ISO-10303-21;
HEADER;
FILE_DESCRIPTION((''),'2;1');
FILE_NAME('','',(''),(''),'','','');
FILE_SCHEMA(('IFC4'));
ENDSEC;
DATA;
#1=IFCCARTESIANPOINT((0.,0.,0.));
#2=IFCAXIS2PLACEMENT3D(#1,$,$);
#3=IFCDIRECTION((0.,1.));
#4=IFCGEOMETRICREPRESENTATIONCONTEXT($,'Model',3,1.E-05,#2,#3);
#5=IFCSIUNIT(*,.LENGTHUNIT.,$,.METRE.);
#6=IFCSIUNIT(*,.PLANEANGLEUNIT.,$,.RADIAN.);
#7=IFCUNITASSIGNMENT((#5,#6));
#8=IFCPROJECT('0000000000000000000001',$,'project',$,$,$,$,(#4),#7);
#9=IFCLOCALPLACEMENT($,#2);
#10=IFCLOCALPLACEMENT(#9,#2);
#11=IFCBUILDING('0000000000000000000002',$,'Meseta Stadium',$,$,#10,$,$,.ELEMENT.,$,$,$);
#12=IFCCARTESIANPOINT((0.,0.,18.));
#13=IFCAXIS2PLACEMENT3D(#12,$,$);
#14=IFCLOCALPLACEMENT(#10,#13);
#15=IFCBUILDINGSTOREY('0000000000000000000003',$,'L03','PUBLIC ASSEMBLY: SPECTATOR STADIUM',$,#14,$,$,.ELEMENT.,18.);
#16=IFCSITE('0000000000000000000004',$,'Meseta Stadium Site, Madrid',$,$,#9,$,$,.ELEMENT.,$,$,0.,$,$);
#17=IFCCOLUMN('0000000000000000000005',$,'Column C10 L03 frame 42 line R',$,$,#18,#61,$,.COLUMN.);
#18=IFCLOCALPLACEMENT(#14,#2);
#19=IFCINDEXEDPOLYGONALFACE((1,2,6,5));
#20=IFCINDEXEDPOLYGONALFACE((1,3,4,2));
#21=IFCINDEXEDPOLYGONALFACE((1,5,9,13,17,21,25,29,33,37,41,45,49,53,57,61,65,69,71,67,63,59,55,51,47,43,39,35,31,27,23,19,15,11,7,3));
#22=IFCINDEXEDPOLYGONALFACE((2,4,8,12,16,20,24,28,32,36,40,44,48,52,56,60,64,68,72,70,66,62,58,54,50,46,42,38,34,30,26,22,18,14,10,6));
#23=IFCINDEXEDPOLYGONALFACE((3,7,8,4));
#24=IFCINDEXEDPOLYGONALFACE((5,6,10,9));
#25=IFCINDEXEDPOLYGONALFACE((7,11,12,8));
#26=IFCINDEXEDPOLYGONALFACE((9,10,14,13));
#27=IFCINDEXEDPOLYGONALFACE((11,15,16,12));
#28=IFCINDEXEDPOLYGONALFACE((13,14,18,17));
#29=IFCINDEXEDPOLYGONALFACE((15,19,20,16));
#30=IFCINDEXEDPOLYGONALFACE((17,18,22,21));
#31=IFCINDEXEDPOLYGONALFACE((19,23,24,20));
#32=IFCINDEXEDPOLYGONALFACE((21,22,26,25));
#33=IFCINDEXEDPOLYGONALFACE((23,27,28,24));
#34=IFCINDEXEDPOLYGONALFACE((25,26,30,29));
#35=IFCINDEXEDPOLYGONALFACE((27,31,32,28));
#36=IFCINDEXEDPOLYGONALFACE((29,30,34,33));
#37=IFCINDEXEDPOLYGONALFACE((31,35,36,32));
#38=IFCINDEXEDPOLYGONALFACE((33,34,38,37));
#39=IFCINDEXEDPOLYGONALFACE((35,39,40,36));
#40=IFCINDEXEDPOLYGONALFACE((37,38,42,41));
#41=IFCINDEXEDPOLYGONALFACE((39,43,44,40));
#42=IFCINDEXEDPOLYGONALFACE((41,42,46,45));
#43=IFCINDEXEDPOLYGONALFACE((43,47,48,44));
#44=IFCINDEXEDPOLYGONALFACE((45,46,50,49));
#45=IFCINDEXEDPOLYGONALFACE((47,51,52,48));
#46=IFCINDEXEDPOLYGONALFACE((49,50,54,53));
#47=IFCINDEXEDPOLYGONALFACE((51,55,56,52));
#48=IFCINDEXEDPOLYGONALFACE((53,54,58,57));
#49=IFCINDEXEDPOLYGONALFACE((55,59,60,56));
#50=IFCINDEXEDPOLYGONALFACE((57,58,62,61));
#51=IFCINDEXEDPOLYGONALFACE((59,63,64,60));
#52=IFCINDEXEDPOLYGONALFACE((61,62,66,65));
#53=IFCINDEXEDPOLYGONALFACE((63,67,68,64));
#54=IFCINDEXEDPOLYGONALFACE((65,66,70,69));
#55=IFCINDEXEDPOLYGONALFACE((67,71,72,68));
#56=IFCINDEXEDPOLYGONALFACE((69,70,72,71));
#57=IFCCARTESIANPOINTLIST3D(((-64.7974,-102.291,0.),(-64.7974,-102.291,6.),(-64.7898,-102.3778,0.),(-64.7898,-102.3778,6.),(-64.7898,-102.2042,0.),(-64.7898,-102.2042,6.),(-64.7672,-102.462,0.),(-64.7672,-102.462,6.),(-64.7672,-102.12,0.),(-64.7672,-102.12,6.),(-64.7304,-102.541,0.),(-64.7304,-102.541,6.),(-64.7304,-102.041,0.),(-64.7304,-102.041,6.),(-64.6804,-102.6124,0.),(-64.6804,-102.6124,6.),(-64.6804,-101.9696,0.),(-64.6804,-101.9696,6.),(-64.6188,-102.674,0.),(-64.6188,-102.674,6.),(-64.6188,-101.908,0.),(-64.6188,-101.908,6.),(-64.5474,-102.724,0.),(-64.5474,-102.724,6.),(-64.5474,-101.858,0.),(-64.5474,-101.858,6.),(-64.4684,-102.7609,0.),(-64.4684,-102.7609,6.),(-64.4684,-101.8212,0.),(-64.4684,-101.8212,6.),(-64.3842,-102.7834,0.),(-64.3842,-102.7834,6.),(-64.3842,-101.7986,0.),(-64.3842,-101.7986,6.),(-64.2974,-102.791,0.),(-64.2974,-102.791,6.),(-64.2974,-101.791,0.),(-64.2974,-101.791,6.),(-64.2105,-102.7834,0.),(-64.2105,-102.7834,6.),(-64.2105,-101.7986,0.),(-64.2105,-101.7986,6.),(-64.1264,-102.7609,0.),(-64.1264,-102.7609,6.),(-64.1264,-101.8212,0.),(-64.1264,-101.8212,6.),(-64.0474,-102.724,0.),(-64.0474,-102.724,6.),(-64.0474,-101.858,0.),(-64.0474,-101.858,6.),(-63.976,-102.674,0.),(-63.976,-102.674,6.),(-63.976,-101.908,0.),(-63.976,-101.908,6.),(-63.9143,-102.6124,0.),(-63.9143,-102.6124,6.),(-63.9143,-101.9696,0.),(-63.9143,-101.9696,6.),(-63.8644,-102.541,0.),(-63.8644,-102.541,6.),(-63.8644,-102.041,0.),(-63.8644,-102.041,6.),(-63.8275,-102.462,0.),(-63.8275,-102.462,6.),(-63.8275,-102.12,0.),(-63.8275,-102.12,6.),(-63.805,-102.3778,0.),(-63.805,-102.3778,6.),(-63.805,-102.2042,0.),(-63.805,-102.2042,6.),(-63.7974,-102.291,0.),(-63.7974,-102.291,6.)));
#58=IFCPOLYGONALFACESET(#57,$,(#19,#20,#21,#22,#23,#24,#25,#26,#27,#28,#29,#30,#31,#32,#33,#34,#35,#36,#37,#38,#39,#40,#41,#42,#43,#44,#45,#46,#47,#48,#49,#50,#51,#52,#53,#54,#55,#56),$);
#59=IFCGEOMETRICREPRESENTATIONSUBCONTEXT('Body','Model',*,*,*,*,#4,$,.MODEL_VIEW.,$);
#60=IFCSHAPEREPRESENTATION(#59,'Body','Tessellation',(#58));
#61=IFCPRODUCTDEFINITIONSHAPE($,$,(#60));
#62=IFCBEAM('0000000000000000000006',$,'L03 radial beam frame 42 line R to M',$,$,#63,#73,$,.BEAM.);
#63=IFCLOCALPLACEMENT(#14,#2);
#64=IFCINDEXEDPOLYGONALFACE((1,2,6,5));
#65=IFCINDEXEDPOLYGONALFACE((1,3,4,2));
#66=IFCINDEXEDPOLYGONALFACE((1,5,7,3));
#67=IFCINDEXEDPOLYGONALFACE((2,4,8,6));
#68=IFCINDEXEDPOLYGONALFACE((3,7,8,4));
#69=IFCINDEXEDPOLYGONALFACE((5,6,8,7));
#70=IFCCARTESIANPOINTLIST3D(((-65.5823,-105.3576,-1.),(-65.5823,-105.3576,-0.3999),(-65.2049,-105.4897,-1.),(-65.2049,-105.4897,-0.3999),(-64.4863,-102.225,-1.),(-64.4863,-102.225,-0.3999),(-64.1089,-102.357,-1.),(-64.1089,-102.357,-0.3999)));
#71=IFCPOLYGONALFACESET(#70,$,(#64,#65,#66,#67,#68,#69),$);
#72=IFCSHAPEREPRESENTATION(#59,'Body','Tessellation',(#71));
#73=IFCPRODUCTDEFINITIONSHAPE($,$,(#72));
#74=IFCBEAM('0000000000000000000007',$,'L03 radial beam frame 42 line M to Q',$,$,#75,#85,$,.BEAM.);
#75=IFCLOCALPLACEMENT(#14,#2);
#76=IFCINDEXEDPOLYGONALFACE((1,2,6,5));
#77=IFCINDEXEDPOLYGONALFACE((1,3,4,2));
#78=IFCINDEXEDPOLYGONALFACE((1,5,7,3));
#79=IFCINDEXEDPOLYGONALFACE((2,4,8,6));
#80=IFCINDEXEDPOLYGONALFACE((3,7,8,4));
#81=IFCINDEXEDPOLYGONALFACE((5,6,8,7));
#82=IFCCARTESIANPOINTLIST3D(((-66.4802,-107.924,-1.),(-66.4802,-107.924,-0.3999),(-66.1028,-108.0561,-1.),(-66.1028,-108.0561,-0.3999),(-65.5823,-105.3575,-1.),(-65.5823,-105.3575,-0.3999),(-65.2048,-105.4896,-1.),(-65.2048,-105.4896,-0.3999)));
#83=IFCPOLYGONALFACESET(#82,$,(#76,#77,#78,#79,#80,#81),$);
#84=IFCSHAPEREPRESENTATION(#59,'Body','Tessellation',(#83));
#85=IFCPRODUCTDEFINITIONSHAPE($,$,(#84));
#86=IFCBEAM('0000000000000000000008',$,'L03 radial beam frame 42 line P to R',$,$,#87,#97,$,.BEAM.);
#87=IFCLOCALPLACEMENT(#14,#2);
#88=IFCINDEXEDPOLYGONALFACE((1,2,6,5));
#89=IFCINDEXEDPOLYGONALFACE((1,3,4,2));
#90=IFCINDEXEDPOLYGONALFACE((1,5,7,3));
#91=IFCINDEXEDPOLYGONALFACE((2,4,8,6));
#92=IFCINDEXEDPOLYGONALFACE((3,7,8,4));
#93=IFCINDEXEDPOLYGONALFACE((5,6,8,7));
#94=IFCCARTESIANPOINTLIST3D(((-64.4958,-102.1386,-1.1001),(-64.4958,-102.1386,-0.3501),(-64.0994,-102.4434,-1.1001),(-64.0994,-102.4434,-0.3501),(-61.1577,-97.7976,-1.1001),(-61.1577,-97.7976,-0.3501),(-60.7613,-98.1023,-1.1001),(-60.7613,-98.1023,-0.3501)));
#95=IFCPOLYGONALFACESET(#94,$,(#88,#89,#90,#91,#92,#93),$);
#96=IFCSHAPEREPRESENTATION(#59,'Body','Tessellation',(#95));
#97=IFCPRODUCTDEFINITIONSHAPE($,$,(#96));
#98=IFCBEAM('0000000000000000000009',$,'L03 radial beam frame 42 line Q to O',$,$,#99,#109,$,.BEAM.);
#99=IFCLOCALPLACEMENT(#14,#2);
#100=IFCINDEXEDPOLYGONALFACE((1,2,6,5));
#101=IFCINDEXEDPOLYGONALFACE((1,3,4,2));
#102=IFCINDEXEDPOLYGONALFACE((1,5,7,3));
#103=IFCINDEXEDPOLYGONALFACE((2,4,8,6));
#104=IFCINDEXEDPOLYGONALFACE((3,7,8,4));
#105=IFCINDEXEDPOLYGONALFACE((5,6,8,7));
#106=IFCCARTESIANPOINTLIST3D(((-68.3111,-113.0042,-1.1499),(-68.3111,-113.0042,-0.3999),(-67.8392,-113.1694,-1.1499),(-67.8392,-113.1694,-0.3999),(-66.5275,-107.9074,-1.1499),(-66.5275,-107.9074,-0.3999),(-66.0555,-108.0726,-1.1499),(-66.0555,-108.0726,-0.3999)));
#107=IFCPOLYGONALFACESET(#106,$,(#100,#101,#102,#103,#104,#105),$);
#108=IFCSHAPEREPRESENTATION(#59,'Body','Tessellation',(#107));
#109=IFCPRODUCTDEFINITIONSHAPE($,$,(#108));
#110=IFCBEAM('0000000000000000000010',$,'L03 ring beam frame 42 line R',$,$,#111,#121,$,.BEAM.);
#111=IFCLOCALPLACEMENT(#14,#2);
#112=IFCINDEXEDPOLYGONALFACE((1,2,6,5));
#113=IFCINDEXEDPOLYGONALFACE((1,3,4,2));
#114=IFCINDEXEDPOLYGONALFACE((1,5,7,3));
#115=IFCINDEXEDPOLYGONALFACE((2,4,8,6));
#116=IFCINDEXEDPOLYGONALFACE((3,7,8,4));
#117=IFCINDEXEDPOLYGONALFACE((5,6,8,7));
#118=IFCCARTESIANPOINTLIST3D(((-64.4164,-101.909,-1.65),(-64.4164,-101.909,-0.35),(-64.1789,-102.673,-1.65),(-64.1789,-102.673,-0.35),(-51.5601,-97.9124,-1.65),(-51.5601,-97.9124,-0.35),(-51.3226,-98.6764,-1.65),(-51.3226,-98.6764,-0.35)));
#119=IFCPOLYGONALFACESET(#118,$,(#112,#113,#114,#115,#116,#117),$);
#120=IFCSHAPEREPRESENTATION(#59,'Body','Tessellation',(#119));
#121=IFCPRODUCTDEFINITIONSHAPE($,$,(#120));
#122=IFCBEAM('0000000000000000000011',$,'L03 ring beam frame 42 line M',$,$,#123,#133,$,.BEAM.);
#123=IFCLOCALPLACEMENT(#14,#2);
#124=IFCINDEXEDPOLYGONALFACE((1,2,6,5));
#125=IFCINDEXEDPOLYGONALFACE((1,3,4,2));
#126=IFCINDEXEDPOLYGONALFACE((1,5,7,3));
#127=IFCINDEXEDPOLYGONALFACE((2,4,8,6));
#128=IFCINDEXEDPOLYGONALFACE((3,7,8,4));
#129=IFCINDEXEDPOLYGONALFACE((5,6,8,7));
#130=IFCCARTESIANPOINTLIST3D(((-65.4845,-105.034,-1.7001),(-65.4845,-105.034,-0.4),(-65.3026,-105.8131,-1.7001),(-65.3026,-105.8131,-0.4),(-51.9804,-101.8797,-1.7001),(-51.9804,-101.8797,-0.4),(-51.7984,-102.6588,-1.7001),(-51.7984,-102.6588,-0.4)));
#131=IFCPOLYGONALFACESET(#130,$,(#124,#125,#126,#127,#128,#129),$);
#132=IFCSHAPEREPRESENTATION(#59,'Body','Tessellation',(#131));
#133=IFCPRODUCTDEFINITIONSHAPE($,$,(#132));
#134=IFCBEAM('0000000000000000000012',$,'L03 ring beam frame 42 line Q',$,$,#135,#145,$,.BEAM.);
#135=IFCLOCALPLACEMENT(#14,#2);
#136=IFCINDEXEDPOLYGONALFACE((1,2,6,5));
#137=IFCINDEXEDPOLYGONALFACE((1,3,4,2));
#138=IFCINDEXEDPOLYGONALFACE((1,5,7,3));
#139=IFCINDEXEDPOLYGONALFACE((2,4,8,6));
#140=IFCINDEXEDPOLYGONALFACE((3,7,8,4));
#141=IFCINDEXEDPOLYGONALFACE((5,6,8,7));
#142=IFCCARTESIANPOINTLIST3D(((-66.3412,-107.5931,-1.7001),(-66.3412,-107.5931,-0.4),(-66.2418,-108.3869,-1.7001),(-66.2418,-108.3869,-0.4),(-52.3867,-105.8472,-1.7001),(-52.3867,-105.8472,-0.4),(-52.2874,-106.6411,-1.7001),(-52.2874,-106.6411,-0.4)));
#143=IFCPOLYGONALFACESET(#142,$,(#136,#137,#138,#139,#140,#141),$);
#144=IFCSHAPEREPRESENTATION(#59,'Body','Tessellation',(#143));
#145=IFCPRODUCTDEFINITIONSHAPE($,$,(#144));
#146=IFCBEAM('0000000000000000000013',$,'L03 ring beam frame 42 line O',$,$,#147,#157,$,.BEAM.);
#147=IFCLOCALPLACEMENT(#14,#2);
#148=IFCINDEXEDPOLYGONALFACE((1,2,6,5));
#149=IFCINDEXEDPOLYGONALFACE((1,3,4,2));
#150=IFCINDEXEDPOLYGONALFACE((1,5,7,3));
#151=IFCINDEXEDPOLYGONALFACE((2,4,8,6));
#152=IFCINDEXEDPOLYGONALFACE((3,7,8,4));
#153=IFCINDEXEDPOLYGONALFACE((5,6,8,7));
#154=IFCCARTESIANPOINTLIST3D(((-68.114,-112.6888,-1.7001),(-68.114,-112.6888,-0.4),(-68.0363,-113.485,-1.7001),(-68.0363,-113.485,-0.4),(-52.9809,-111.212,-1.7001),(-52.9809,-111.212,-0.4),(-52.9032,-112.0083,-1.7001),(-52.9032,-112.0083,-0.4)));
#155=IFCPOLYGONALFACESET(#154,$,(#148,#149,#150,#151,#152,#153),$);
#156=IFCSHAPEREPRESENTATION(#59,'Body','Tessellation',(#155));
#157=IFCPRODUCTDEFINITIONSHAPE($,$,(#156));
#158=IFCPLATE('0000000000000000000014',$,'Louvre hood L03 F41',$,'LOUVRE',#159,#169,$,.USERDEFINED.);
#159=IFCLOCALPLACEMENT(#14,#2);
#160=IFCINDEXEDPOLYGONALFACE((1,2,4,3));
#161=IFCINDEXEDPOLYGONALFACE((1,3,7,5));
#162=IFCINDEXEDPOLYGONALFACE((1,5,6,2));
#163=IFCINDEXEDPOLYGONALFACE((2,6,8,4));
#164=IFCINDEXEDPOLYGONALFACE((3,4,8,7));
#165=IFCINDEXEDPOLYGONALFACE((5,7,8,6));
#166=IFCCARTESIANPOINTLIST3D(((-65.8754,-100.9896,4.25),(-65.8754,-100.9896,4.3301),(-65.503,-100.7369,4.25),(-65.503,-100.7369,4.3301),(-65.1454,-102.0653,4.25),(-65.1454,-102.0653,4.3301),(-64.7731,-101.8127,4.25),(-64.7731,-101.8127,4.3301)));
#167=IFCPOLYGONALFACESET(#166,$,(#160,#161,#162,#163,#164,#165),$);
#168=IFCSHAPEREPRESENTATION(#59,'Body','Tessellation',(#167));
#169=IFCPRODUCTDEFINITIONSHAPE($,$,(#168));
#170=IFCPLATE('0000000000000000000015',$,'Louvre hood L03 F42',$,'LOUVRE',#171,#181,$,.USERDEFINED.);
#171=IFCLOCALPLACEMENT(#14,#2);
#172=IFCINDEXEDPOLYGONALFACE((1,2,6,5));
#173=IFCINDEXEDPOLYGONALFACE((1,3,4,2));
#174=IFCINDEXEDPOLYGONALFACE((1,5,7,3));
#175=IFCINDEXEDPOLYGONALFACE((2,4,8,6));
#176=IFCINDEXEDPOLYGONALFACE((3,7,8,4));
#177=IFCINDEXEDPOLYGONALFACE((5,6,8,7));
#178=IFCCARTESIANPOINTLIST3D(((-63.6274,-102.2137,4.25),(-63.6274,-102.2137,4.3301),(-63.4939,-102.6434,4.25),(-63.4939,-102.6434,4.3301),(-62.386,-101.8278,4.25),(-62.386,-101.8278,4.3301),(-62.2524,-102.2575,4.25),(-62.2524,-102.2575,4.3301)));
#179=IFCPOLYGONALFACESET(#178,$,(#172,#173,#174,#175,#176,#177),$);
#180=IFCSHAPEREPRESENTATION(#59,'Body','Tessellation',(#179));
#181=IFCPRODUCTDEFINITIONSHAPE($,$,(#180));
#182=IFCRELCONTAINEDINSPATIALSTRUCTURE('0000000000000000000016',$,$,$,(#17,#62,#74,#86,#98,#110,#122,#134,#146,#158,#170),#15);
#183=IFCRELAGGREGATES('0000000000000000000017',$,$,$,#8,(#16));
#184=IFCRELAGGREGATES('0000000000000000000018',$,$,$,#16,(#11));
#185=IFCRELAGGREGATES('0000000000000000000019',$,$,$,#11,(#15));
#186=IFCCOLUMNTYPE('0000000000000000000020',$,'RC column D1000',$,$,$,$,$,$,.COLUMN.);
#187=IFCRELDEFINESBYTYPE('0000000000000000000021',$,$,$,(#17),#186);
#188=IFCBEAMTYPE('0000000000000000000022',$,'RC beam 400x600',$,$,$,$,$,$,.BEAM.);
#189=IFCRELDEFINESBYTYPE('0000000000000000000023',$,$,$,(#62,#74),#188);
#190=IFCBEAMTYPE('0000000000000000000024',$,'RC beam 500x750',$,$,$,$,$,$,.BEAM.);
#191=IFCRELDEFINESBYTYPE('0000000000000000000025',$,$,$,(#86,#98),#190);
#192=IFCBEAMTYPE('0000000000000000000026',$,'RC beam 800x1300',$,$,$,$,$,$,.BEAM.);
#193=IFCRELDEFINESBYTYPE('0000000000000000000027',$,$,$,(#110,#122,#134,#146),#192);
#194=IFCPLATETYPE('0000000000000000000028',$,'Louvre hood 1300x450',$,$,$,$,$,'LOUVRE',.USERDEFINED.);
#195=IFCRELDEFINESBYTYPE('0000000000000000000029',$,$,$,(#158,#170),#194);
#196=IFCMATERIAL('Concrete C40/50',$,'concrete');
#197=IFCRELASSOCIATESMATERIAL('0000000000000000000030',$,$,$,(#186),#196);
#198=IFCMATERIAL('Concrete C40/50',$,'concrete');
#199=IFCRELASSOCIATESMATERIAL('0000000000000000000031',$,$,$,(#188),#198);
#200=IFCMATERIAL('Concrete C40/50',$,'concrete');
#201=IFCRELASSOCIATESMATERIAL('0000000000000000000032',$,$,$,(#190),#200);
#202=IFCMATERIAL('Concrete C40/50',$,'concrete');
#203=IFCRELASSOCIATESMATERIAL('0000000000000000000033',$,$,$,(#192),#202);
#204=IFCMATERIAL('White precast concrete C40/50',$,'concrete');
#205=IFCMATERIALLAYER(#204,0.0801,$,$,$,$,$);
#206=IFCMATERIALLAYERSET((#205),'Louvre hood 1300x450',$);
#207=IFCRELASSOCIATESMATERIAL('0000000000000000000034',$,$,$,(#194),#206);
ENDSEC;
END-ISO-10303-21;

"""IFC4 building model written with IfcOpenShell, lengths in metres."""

from ifc_helpers import new_model, si_unit, direction, frame, origin, origin_2d, place, context, subcontext, project, spatial, rectangle, circle, extrude, material, layer, layer_set, material_profile, profile_set, type_object, element, save


model = new_model("IFC4")

# Units and contexts
model_context = context("Model", 3, precision=1e-05, world=origin(), true_north=direction((0.0, 1.0)))
body_context = subcontext(model_context, "Body", "Model", "MODEL_VIEW")
ifc_project = project(units=[si_unit("LENGTHUNIT", "METRE"), si_unit("PLANEANGLEUNIT", "RADIAN")], contexts=[model_context])

# Site, building, storey
site_placement = place(None, origin())
site = spatial("IfcSite", under=ifc_project, at=site_placement, Name="Meseta Stadium Site, Madrid", CompositionType="ELEMENT", RefElevation=0.0)
building_placement = place(site_placement, origin())
building = spatial("IfcBuilding", under=site, at=building_placement, Name="Meseta Stadium", CompositionType="ELEMENT")
storey_placement = place(building_placement, frame((0.0, 0.0, 18.0)))
storey = spatial("IfcBuildingStorey", under=building, at=storey_placement, Name="L03", Description="PUBLIC ASSEMBLY: SPECTATOR STADIUM", CompositionType="ELEMENT", Elevation=18.0)

# Column
ifc_material_1 = material(Name="Concrete C40/50", Category="concrete")
ifc_material_profile_1 = material_profile(ifc_material_1, circle(Radius=0.5, at=origin_2d()), Name="RC D1000")
ifc_profile_set_1 = profile_set([ifc_material_profile_1], Name="Concrete C40/50")
column_type = type_object("IfcColumnType", Name="RC column D1000", PredefinedType="COLUMN", material=ifc_profile_set_1)
column_placement = place(storey_placement, frame((-64.2974, -102.291, 0.0), z_axis=(0.0, 0.0, 1.0), x_axis=(1.0, 0.0, 0.0)))
element("IfcColumn", 1, at=column_placement, inside=storey, type_object=column_type, Name="Column C10 L03 frame 42 line R", PredefinedType="COLUMN", context=body_context, shape_type="SweptSolid", body=[
    extrude(circle(Radius=0.5, at=origin_2d()), origin(), (0.0, 0.0, 1.0), 6.0),
])

# Beams
ifc_material_2 = material(Name="Concrete C40/50", Category="concrete")
ifc_material_profile_2 = material_profile(ifc_material_2, rectangle(XDim=0.3999, YDim=0.6001, at=origin_2d()), Name="RC 400x600")
ifc_profile_set_2 = profile_set([ifc_material_profile_2], Name="Concrete C40/50")
beam_type_1 = type_object("IfcBeamType", Name="RC beam 400x600", PredefinedType="BEAM", material=ifc_profile_set_2)
beam_1_placement = place(storey_placement, frame((-64.2976, -102.291, -0.7), z_axis=(-0.330229, -0.943901, 0.0), x_axis=(0.943901, -0.330229, 0.0)))
element("IfcBeam", 2, at=beam_1_placement, inside=storey, type_object=beam_type_1, Name="L03 radial beam frame 42 line R to M", PredefinedType="BEAM", context=body_context, shape_type="SweptSolid", body=[
    extrude(rectangle(XDim=0.3999, YDim=0.6001, at=origin_2d()), origin(), (0.0, 0.0, 1.0), 3.3188),
])
beam_2_placement = place(storey_placement, frame((-65.3936, -105.4236, -0.7), z_axis=(-0.330254, -0.943892, 0.0), x_axis=(0.943892, -0.330254, 0.0)))
element("IfcBeam", 3, at=beam_2_placement, inside=storey, type_object=beam_type_1, Name="L03 radial beam frame 42 line M to Q", PredefinedType="BEAM", context=body_context, shape_type="SweptSolid", body=[
    extrude(rectangle(XDim=0.3999, YDim=0.6001, at=origin_2d()), origin(), (0.0, 0.0, 1.0), 2.719),
])
ifc_material_3 = material(Name="Concrete C40/50", Category="concrete")
ifc_material_profile_3 = material_profile(ifc_material_3, rectangle(XDim=0.5, YDim=0.75, at=origin_2d()), Name="RC 500x750")
ifc_profile_set_3 = profile_set([ifc_material_profile_3], Name="Concrete C40/50")
beam_type_2 = type_object("IfcBeamType", Name="RC beam 500x750", PredefinedType="BEAM", material=ifc_profile_set_3)
beam_3_placement = place(storey_placement, frame((-60.9595, -97.95, -0.7251), z_axis=(-0.609579, -0.792725, 0.0), x_axis=(0.792725, -0.609579, 0.0)))
element("IfcBeam", 4, at=beam_3_placement, inside=storey, type_object=beam_type_2, Name="L03 radial beam frame 42 line P to R", PredefinedType="BEAM", context=body_context, shape_type="SweptSolid", body=[
    extrude(rectangle(XDim=0.5, YDim=0.75, at=origin_2d()), origin(), (0.0, 0.0, 1.0), 5.4761),
])
beam_4_placement = place(storey_placement, frame((-66.2915, -107.99, -0.7749), z_axis=(-0.330312, -0.943872, 0.0), x_axis=(0.943872, -0.330312, 0.0)))
element("IfcBeam", 5, at=beam_4_placement, inside=storey, type_object=beam_type_2, Name="L03 radial beam frame 42 line Q to O", PredefinedType="BEAM", context=body_context, shape_type="SweptSolid", body=[
    extrude(rectangle(XDim=0.5, YDim=0.75, at=origin_2d()), origin(), (0.0, 0.0, 1.0), 5.3999),
])
ifc_material_4 = material(Name="Concrete C40/50", Category="concrete")
ifc_material_profile_4 = material_profile(ifc_material_4, rectangle(XDim=0.8, YDim=1.3, at=origin_2d()), Name="RC 800x1300")
ifc_profile_set_4 = profile_set([ifc_material_profile_4], Name="Concrete C40/50")
beam_type_3 = type_object("IfcBeamType", Name="RC beam 800x1300", PredefinedType="BEAM", material=ifc_profile_set_4)
beam_5_placement = place(storey_placement, frame((-64.2976, -102.291, -1.0), z_axis=(0.954923, 0.296855, 0.0), x_axis=(-0.296855, 0.954923, 0.0)))
element("IfcBeam", 6, at=beam_5_placement, inside=storey, type_object=beam_type_3, Name="L03 ring beam frame 42 line R", PredefinedType="BEAM", context=body_context, shape_type="SweptSolid", body=[
    extrude(rectangle(XDim=0.8, YDim=1.3, at=origin_2d()), origin(), (0.0, 0.0, 1.0), 13.4631),
])
beam_6_placement = place(storey_placement, frame((-65.3936, -105.4236, -1.05), z_axis=(0.973788, 0.227457, 0.0), x_axis=(-0.227457, 0.973788, 0.0)))
element("IfcBeam", 7, at=beam_6_placement, inside=storey, type_object=beam_type_3, Name="L03 ring beam frame 42 line M", PredefinedType="BEAM", context=body_context, shape_type="SweptSolid", body=[
    extrude(rectangle(XDim=0.8, YDim=1.3, at=origin_2d()), origin(), (0.0, 0.0, 1.0), 13.8677),
])
beam_7_placement = place(storey_placement, frame((-66.2915, -107.99, -1.05), z_axis=(0.992264, 0.124144, 0.0), x_axis=(-0.124144, 0.992264, 0.0)))
element("IfcBeam", 8, at=beam_7_placement, inside=storey, type_object=beam_type_3, Name="L03 ring beam frame 42 line Q", PredefinedType="BEAM", context=body_context, shape_type="SweptSolid", body=[
    extrude(rectangle(XDim=0.8, YDim=1.3, at=origin_2d()), origin(), (0.0, 0.0, 1.0), 14.0632),
])
beam_8_placement = place(storey_placement, frame((-68.0752, -113.0869, -1.05), z_axis=(0.995272, 0.097125, 0.0), x_axis=(-0.097125, 0.995272, 0.0)))
element("IfcBeam", 9, at=beam_8_placement, inside=storey, type_object=beam_type_3, Name="L03 ring beam frame 42 line O", PredefinedType="BEAM", context=body_context, shape_type="SweptSolid", body=[
    extrude(rectangle(XDim=0.8, YDim=1.3, at=origin_2d()), origin(), (0.0, 0.0, 1.0), 15.2051),
])

# Plates
ifc_material_5 = material(Name="White precast concrete C40/50", Category="concrete")
ifc_layer_1 = layer(ifc_material_5, 0.0801)
ifc_layer_set_1 = layer_set([ifc_layer_1], Name="Louvre hood 1300x450")
plate_type = type_object("IfcPlateType", Name="Louvre hood 1300x450", ElementType="LOUVRE", PredefinedType="USERDEFINED", material=ifc_layer_set_1)
for number, where, z_axis, x_axis, name in (
    (10, (-65.3242, -101.4011, 4.25), (0.0, 0.0, 1.0), (0.56149, -0.827483, 0.0), "Louvre hood L03 F41"),
    (11, (-62.9399, -102.2356, 4.25), (0.0, 0.0, 1.0), (0.954918, 0.296869, 0.0), "Louvre hood L03 F42"),
):
    element("IfcPlate", number, at=place(storey_placement, frame(where, z_axis=z_axis, x_axis=x_axis)), inside=storey, type_object=plate_type, Name=name, ObjectType="LOUVRE", PredefinedType="USERDEFINED", context=body_context, shape_type="SweptSolid", body=[
        extrude(rectangle(XDim=1.3, YDim=0.45, at=origin_2d()), origin(), (0.0, 0.0, 1.0), 0.0801),
    ])

save(model, "model.ifc")
